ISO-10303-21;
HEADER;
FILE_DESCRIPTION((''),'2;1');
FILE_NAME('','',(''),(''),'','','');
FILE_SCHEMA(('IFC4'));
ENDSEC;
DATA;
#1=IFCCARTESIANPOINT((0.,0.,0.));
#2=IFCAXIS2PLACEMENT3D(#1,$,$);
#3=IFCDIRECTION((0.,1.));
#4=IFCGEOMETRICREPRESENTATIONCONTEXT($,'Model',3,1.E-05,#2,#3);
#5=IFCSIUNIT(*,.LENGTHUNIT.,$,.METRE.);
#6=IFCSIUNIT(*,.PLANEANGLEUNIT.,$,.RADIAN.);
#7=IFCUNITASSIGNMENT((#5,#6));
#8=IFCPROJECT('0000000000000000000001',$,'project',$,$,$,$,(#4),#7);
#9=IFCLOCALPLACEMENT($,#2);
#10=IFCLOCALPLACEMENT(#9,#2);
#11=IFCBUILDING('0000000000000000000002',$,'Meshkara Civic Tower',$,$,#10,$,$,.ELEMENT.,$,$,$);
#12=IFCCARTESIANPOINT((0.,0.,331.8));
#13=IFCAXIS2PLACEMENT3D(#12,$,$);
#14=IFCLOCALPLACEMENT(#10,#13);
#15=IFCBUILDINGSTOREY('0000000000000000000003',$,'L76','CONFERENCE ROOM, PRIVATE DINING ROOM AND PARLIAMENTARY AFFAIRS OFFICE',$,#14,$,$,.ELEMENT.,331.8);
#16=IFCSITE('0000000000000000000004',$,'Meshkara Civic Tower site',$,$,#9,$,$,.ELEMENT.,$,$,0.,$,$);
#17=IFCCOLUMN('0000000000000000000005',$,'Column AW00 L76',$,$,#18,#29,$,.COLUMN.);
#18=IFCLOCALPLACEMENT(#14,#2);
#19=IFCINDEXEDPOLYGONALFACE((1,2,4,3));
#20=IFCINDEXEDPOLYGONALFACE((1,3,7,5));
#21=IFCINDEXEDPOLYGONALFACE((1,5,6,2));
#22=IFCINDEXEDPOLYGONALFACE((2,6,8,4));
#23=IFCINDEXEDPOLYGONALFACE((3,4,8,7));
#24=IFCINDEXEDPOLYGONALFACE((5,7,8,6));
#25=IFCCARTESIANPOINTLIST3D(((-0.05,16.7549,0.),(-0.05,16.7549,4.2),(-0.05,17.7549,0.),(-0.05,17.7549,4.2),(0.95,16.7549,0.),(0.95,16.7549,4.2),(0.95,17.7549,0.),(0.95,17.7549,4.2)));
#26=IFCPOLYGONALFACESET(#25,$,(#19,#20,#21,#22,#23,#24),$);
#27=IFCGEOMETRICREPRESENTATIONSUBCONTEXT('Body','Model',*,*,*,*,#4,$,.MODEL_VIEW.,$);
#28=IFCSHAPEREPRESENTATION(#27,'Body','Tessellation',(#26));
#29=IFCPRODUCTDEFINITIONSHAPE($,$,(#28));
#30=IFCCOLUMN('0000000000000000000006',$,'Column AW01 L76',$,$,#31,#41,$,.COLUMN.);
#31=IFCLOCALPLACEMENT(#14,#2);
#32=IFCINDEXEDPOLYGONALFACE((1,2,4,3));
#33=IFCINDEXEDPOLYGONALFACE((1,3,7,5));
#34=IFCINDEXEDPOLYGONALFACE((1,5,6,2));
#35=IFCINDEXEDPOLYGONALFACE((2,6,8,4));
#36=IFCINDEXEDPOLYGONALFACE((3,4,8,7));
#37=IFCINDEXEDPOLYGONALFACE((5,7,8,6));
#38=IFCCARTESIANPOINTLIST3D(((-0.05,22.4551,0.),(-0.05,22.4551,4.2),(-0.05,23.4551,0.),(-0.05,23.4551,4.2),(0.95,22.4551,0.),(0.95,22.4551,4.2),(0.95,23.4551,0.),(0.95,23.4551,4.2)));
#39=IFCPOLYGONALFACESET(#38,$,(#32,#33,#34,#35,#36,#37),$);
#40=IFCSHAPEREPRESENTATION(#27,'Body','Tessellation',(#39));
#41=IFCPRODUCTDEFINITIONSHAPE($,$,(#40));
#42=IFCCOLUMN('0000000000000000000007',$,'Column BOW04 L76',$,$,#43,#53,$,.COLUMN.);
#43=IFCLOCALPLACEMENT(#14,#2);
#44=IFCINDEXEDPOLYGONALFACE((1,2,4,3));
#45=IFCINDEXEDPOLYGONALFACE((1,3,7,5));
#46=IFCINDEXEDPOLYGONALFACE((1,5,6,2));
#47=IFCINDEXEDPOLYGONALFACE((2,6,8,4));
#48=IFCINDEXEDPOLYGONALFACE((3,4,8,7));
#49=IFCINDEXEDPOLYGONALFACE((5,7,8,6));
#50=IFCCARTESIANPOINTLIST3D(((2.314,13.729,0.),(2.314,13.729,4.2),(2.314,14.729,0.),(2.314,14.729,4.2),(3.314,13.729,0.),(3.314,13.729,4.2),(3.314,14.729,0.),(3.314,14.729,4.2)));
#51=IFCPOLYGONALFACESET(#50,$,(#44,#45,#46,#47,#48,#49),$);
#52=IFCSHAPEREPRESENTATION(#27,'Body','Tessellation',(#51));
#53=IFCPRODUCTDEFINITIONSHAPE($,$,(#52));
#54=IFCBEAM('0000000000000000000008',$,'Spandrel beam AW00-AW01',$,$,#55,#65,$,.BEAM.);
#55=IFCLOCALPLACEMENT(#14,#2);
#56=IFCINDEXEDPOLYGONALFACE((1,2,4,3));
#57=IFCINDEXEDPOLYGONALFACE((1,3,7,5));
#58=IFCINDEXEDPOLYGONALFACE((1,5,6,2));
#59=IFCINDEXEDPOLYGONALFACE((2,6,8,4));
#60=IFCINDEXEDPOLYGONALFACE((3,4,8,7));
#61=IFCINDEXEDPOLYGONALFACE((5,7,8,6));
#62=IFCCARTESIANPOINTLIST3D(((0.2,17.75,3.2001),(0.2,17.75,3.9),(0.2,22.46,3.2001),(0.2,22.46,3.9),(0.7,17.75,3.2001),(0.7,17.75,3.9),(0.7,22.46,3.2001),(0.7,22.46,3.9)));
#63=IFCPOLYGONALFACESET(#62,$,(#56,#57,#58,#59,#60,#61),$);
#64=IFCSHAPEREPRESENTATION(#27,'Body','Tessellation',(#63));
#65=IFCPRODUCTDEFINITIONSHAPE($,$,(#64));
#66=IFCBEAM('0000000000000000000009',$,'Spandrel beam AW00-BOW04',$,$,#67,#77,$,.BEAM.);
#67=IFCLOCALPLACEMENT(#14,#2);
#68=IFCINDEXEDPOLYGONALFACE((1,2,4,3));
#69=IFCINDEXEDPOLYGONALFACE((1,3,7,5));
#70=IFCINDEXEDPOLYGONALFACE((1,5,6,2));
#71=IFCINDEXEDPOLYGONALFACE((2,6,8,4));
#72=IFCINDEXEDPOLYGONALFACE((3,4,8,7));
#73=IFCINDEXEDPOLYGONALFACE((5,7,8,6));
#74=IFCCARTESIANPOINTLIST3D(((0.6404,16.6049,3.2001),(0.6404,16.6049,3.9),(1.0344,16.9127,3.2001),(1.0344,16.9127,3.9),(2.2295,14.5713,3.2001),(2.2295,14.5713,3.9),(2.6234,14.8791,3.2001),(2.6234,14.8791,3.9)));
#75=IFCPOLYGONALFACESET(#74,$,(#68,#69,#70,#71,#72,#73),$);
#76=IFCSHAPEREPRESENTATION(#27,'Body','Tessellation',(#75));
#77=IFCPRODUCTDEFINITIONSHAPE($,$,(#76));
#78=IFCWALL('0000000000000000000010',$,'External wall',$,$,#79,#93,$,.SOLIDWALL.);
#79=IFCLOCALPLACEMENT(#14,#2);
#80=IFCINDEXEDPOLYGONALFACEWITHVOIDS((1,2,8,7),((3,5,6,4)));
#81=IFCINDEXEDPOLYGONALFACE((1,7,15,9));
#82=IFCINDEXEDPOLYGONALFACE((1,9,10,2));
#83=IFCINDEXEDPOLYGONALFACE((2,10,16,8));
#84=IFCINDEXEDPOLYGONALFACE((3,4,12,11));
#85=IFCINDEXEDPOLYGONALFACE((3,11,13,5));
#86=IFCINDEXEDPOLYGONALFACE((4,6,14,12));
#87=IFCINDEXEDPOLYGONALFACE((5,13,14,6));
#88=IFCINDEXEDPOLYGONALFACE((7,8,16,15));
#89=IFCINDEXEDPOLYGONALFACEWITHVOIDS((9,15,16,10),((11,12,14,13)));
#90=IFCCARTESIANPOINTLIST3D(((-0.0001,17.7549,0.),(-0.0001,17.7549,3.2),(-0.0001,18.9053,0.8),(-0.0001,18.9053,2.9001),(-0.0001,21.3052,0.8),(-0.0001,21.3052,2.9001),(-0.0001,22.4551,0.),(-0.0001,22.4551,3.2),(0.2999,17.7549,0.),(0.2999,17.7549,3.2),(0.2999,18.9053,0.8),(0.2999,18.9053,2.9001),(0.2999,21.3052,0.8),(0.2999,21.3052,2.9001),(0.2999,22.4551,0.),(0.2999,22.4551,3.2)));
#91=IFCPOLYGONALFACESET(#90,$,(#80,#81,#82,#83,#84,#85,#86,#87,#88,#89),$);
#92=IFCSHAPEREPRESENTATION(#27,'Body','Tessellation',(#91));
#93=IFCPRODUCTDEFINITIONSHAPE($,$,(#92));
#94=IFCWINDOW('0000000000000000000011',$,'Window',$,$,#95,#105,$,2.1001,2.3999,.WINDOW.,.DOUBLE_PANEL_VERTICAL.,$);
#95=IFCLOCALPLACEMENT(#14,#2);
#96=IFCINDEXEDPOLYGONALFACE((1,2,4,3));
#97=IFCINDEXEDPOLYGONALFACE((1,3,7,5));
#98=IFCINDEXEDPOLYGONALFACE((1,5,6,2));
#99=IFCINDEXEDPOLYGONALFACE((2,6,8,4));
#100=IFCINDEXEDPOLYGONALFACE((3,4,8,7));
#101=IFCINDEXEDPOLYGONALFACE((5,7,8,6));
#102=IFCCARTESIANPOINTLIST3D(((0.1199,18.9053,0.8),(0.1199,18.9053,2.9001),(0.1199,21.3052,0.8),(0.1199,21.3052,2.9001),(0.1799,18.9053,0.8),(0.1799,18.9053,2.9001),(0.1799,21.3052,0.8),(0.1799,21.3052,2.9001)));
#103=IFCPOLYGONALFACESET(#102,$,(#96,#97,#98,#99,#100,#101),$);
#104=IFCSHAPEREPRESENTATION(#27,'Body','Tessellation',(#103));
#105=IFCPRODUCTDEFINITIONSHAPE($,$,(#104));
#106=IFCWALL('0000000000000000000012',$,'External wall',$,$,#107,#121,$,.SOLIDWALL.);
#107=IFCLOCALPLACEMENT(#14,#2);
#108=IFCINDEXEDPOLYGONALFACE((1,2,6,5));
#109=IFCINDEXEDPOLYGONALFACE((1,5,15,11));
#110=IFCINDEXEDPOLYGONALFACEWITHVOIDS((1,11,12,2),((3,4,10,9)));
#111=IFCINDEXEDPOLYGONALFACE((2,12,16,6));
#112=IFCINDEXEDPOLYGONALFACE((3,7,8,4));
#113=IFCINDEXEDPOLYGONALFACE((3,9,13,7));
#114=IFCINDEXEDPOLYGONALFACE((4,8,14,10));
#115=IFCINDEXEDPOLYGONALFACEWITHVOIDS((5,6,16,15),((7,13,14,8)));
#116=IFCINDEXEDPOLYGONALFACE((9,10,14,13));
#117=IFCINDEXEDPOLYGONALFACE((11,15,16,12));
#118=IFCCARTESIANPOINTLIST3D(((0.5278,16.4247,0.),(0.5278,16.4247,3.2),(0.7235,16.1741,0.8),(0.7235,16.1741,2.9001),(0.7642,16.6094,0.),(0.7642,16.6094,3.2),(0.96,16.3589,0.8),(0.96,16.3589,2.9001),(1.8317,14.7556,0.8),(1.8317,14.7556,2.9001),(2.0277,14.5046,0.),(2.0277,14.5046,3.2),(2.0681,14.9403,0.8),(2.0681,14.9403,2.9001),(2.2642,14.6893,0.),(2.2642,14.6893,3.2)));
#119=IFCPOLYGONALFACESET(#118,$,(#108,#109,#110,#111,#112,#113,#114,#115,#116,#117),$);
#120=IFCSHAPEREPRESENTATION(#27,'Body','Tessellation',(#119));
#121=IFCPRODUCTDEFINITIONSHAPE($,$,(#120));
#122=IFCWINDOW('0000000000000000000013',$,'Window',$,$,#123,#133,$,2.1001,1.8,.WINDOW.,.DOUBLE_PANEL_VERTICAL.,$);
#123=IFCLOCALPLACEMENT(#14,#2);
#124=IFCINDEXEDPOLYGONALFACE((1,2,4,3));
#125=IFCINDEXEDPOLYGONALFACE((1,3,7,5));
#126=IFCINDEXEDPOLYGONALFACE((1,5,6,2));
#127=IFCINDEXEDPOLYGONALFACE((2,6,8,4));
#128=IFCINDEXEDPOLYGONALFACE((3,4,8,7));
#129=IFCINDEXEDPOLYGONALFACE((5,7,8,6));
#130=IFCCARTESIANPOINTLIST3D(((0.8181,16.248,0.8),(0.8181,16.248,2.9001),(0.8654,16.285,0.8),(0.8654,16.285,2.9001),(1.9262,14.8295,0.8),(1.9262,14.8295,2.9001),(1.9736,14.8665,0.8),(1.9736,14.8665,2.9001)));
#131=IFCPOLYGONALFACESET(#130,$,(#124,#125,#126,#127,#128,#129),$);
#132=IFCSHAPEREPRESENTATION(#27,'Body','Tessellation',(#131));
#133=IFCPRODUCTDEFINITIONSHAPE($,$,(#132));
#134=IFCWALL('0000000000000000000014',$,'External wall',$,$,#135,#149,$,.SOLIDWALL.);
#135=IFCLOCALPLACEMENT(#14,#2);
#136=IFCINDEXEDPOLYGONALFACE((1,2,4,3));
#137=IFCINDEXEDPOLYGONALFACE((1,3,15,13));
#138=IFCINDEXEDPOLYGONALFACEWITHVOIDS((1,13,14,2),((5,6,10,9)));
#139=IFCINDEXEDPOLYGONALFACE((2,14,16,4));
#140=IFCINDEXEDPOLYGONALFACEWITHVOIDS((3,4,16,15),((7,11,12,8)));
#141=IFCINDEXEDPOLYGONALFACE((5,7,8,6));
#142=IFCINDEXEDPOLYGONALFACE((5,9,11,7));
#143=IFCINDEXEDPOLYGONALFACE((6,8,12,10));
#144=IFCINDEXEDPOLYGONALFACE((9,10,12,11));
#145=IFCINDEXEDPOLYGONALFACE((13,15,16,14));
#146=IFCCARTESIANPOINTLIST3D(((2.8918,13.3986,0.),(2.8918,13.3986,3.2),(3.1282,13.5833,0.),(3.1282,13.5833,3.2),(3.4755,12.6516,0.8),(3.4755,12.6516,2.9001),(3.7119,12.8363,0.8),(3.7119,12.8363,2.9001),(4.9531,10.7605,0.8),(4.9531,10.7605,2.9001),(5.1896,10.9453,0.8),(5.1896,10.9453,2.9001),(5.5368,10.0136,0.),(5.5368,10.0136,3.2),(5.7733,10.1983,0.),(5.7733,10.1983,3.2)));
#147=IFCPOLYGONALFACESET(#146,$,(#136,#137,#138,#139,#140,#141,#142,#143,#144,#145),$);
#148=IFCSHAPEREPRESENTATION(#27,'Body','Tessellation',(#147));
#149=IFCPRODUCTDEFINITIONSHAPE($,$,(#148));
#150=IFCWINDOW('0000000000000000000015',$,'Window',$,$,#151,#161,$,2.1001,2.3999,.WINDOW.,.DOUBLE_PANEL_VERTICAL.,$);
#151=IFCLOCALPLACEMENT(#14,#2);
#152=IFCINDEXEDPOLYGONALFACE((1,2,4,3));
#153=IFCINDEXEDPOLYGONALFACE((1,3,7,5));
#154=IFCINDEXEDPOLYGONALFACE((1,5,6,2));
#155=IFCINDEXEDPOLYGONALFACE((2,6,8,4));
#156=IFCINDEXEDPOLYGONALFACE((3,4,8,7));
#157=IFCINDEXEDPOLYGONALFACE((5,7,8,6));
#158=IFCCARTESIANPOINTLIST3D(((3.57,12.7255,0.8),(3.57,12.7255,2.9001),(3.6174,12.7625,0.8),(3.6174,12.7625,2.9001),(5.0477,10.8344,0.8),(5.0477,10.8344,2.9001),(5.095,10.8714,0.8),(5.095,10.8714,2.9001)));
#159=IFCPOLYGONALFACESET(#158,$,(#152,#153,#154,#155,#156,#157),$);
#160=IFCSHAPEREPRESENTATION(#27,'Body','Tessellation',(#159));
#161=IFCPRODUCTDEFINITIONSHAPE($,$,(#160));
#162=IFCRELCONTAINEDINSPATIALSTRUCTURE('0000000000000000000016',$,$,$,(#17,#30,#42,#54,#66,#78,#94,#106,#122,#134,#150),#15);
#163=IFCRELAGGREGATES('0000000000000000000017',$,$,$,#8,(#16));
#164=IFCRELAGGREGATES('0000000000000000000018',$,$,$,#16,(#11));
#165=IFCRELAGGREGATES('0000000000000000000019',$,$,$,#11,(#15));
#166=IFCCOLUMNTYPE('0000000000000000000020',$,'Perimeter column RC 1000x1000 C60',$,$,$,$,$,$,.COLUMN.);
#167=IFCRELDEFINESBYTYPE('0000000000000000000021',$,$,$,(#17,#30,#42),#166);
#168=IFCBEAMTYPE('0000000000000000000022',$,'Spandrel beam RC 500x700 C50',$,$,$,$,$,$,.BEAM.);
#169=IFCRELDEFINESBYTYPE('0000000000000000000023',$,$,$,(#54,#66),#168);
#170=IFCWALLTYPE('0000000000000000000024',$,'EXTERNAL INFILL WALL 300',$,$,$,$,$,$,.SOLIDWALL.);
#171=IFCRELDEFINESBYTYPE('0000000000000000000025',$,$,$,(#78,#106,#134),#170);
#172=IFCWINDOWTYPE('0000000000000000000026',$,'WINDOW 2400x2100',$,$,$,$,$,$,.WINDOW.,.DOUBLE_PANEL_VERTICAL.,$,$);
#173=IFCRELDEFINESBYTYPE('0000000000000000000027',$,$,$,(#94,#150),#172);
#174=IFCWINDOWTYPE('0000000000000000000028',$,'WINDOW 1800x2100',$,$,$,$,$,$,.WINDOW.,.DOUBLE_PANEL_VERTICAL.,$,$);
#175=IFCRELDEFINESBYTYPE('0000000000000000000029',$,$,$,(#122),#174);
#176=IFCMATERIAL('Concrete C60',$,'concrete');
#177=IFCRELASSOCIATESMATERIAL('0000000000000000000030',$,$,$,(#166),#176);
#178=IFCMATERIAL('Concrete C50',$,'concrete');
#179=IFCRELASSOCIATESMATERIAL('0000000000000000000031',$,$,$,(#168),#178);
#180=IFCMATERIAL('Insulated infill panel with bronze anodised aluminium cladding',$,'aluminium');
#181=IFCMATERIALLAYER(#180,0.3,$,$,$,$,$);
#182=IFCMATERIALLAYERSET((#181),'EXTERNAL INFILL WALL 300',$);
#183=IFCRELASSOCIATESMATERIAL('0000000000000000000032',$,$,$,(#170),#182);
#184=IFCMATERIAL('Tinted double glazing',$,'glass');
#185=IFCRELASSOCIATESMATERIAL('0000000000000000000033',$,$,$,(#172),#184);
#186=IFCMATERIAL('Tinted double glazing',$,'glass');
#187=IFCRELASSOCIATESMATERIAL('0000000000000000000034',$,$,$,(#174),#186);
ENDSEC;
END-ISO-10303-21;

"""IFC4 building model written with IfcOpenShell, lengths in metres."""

from ifc_helpers import new_model, si_unit, direction, frame, frame_2d, origin, origin_2d, place, context, subcontext, project, spatial, rectangle, extrude, material, layer, layer_set, material_profile, profile_set, type_object, element, fill, save


model = new_model("IFC4")

# Units and contexts
model_context = context("Model", 3, precision=1e-05, world=origin(), true_north=direction((0.0, 1.0)))
body_context = subcontext(model_context, "Body", "Model", "MODEL_VIEW")
ifc_project = project(units=[si_unit("LENGTHUNIT", "METRE"), si_unit("PLANEANGLEUNIT", "RADIAN")], contexts=[model_context])

# Site, building, storey
site_placement = place(None, origin())
site = spatial("IfcSite", under=ifc_project, at=site_placement, Name="Meshkara Civic Tower site", CompositionType="ELEMENT", RefElevation=0.0)
building_placement = place(site_placement, origin())
building = spatial("IfcBuilding", under=site, at=building_placement, Name="Meshkara Civic Tower", CompositionType="ELEMENT")
storey_placement = place(building_placement, frame((0.0, 0.0, 331.8)))
storey = spatial("IfcBuildingStorey", under=building, at=storey_placement, Name="L76", Description="CONFERENCE ROOM, PRIVATE DINING ROOM AND PARLIAMENTARY AFFAIRS OFFICE", CompositionType="ELEMENT", Elevation=331.8)

# Columns
ifc_material_1 = material(Name="Concrete C60", Category="concrete")
ifc_material_profile_1 = material_profile(ifc_material_1, rectangle(XDim=1.0, YDim=1.0, at=origin_2d()))
ifc_profile_set_1 = profile_set([ifc_material_profile_1], Name="Concrete C60")
column_type = type_object("IfcColumnType", Name="Perimeter column RC 1000x1000 C60", PredefinedType="COLUMN", material=ifc_profile_set_1)
for number, where, z_axis, x_axis, name in (
    (1, (0.45, 17.2549, 0.0), (0.0, 0.0, 1.0), (1.0, 0.0, 0.0), "Column AW00 L76"),
    (2, (0.45, 22.9551, 0.0), (0.0, 0.0, 1.0), (1.0, 0.0, 0.0), "Column AW01 L76"),
    (3, (2.814, 14.229, 0.0), (0.0, 0.0, 1.0), (1.0, 0.0, 0.0), "Column BOW04 L76"),
):
    element("IfcColumn", number, at=place(storey_placement, frame(where, z_axis=z_axis, x_axis=x_axis)), inside=storey, type_object=column_type, Name=name, PredefinedType="COLUMN", context=body_context, shape_type="SweptSolid", body=[
        extrude(rectangle(XDim=1.0, YDim=1.0, at=origin_2d()), origin(), (0.0, 0.0, 1.0), 4.2),
    ])

# Beams
ifc_material_2 = material(Name="Concrete C50", Category="concrete")
ifc_material_profile_2 = material_profile(ifc_material_2, rectangle(XDim=0.5, YDim=0.7, at=origin_2d()))
ifc_profile_set_2 = profile_set([ifc_material_profile_2], Name="Concrete C50")
beam_type = type_object("IfcBeamType", Name="Spandrel beam RC 500x700 C50", PredefinedType="BEAM", material=ifc_profile_set_2)
beam_1_placement = place(storey_placement, frame((0.45, 22.46, 3.55), z_axis=(0.0, -1.0, 0.0), x_axis=(1.0, 0.0, 0.0)))
element("IfcBeam", 4, at=beam_1_placement, inside=storey, type_object=beam_type, Name="Spandrel beam AW00-AW01", PredefinedType="BEAM", context=body_context, shape_type="SweptSolid", body=[
    extrude(rectangle(XDim=0.5, YDim=0.7, at=origin_2d()), origin(), (0.0, 0.0, 1.0), 4.71),
])
beam_2_placement = place(storey_placement, frame((0.8374, 16.7588, 3.55), z_axis=(0.615714, -0.78797, 0.0), x_axis=(0.78797, 0.615714, 0.0)))
element("IfcBeam", 5, at=beam_2_placement, inside=storey, type_object=beam_type, Name="Spandrel beam AW00-BOW04", PredefinedType="BEAM", context=body_context, shape_type="SweptSolid", body=[
    extrude(rectangle(XDim=0.5, YDim=0.7, at=origin_2d()), origin(), (0.0, 0.0, 1.0), 2.5808),
])

# Walls, openings, windows
ifc_material_3 = material(Name="Insulated infill panel with bronze anodised aluminium cladding", Category="aluminium")
ifc_layer = layer(ifc_material_3, 0.3)
ifc_layer_set = layer_set([ifc_layer], Name="EXTERNAL INFILL WALL 300")
wall_type = type_object("IfcWallType", Name="EXTERNAL INFILL WALL 300", PredefinedType="SOLIDWALL", material=ifc_layer_set)
wall_1_placement = place(storey_placement, frame((0.1499, 22.4551, 0.0), z_axis=(0.0, 0.0, 1.0), x_axis=(0.0, -1.0, 0.0)))
wall_1 = element("IfcWall", 6, at=wall_1_placement, inside=storey, type_object=wall_type, Name="External wall", PredefinedType="SOLIDWALL", context=body_context, shape_type="SweptSolid", body=[
    extrude(rectangle(XDim=4.7002, YDim=0.3, at=frame_2d((2.3501, 0.0))), origin(), (0.0, 0.0, 1.0), 3.2),
])
opening_1_placement = place(wall_1_placement, frame((1.1499, 0.0, 0.8)))
opening_1 = element("IfcOpeningElement", 7, at=opening_1_placement, cuts=wall_1, PredefinedType="OPENING", context=body_context, shape_type="SweptSolid", body=[
    extrude(rectangle(XDim=2.3999, YDim=2.1001, at=frame_2d((1.2, 1.05))), frame((0.0, 0.1599, 0.0), z_axis=(0.0, -1.0, 0.0), x_axis=(1.0, 0.0, 0.0)), (0.0, 0.0, 1.0), 0.3201),
])
ifc_material_4 = material(Name="Tinted double glazing", Category="glass")
window_type_1 = type_object("IfcWindowType", Name="WINDOW 2400x2100", PartitioningType="DOUBLE_PANEL_VERTICAL", PredefinedType="WINDOW", material=ifc_material_4)
window_1_placement = place(opening_1_placement, origin())
window_1 = element("IfcWindow", 8, at=window_1_placement, inside=storey, type_object=window_type_1, Name="Window", OverallHeight=2.1001, OverallWidth=2.3999, PartitioningType="DOUBLE_PANEL_VERTICAL", PredefinedType="WINDOW", context=body_context, shape_type="SweptSolid", body=[
    extrude(rectangle(XDim=2.3999, YDim=2.1001, at=frame_2d((1.2, 1.05))), frame((0.0, 0.03, 0.0), z_axis=(0.0, -1.0, 0.0), x_axis=(1.0, 0.0, 0.0)), (0.0, 0.0, 1.0), 0.0601),
])
fill(opening_1, window_1)
wall_2_placement = place(storey_placement, frame((0.646, 16.5171, 0.0), z_axis=(0.0, 0.0, 1.0), x_axis=(0.615611, -0.78805, 0.0)))
wall_2 = element("IfcWall", 9, at=wall_2_placement, inside=storey, type_object=wall_type, Name="External wall", PredefinedType="SOLIDWALL", context=body_context, shape_type="SweptSolid", body=[
    extrude(rectangle(XDim=2.4365, YDim=0.3, at=frame_2d((1.2183, 0.0))), origin(), (0.0, 0.0, 1.0), 3.2),
])
opening_2_placement = place(wall_2_placement, frame((0.3181, 0.0, 0.8)))
opening_2 = element("IfcOpeningElement", 10, at=opening_2_placement, cuts=wall_2, PredefinedType="OPENING", context=body_context, shape_type="SweptSolid", body=[
    extrude(rectangle(XDim=1.8, YDim=2.1001, at=frame_2d((0.8999, 1.05))), frame((0.0, 0.1599, 0.0), z_axis=(0.0, -1.0, 0.0), x_axis=(1.0, 0.0, 0.0)), (0.0, 0.0, 1.0), 0.3201),
])
ifc_material_5 = material(Name="Tinted double glazing", Category="glass")
window_type_2 = type_object("IfcWindowType", Name="WINDOW 1800x2100", PartitioningType="DOUBLE_PANEL_VERTICAL", PredefinedType="WINDOW", material=ifc_material_5)
window_2_placement = place(opening_2_placement, origin())
window_2 = element("IfcWindow", 11, at=window_2_placement, inside=storey, type_object=window_type_2, Name="Window", OverallHeight=2.1001, OverallWidth=1.8, PartitioningType="DOUBLE_PANEL_VERTICAL", PredefinedType="WINDOW", context=body_context, shape_type="SweptSolid", body=[
    extrude(rectangle(XDim=1.8, YDim=2.1001, at=frame_2d((0.8999, 1.05))), frame((0.0, 0.03, 0.0), z_axis=(0.0, -1.0, 0.0), x_axis=(1.0, 0.0, 0.0)), (0.0, 0.0, 1.0), 0.0601),
])
fill(opening_2, window_2)
wall_3_placement = place(storey_placement, frame((3.01, 13.491, 0.0), z_axis=(0.0, 0.0, 1.0), x_axis=(0.615714, -0.78797, 0.0)))
wall_3 = element("IfcWall", 12, at=wall_3_placement, inside=storey, type_object=wall_type, Name="External wall", PredefinedType="SOLIDWALL", context=body_context, shape_type="SweptSolid", body=[
    extrude(rectangle(XDim=4.2959, YDim=0.3, at=frame_2d((2.1479, 0.0))), origin(), (0.0, 0.0, 1.0), 3.2),
])
opening_3_placement = place(wall_3_placement, frame((0.948, 0.0, 0.8)))
opening_3 = element("IfcOpeningElement", 13, at=opening_3_placement, cuts=wall_3, PredefinedType="OPENING", context=body_context, shape_type="SweptSolid", body=[
    extrude(rectangle(XDim=2.3999, YDim=2.1001, at=frame_2d((1.2, 1.05))), frame((0.0, 0.1599, 0.0), z_axis=(0.0, -1.0, 0.0), x_axis=(1.0, 0.0, 0.0)), (0.0, 0.0, 1.0), 0.3201),
])
window_3_placement = place(opening_3_placement, origin())
window_3 = element("IfcWindow", 14, at=window_3_placement, inside=storey, type_object=window_type_1, Name="Window", OverallHeight=2.1001, OverallWidth=2.3999, PartitioningType="DOUBLE_PANEL_VERTICAL", PredefinedType="WINDOW", context=body_context, shape_type="SweptSolid", body=[
    extrude(rectangle(XDim=2.3999, YDim=2.1001, at=frame_2d((1.2, 1.05))), frame((0.0, 0.03, 0.0), z_axis=(0.0, -1.0, 0.0), x_axis=(1.0, 0.0, 0.0)), (0.0, 0.0, 1.0), 0.0601),
])
fill(opening_3, window_3)

save(model, "model.ifc")
